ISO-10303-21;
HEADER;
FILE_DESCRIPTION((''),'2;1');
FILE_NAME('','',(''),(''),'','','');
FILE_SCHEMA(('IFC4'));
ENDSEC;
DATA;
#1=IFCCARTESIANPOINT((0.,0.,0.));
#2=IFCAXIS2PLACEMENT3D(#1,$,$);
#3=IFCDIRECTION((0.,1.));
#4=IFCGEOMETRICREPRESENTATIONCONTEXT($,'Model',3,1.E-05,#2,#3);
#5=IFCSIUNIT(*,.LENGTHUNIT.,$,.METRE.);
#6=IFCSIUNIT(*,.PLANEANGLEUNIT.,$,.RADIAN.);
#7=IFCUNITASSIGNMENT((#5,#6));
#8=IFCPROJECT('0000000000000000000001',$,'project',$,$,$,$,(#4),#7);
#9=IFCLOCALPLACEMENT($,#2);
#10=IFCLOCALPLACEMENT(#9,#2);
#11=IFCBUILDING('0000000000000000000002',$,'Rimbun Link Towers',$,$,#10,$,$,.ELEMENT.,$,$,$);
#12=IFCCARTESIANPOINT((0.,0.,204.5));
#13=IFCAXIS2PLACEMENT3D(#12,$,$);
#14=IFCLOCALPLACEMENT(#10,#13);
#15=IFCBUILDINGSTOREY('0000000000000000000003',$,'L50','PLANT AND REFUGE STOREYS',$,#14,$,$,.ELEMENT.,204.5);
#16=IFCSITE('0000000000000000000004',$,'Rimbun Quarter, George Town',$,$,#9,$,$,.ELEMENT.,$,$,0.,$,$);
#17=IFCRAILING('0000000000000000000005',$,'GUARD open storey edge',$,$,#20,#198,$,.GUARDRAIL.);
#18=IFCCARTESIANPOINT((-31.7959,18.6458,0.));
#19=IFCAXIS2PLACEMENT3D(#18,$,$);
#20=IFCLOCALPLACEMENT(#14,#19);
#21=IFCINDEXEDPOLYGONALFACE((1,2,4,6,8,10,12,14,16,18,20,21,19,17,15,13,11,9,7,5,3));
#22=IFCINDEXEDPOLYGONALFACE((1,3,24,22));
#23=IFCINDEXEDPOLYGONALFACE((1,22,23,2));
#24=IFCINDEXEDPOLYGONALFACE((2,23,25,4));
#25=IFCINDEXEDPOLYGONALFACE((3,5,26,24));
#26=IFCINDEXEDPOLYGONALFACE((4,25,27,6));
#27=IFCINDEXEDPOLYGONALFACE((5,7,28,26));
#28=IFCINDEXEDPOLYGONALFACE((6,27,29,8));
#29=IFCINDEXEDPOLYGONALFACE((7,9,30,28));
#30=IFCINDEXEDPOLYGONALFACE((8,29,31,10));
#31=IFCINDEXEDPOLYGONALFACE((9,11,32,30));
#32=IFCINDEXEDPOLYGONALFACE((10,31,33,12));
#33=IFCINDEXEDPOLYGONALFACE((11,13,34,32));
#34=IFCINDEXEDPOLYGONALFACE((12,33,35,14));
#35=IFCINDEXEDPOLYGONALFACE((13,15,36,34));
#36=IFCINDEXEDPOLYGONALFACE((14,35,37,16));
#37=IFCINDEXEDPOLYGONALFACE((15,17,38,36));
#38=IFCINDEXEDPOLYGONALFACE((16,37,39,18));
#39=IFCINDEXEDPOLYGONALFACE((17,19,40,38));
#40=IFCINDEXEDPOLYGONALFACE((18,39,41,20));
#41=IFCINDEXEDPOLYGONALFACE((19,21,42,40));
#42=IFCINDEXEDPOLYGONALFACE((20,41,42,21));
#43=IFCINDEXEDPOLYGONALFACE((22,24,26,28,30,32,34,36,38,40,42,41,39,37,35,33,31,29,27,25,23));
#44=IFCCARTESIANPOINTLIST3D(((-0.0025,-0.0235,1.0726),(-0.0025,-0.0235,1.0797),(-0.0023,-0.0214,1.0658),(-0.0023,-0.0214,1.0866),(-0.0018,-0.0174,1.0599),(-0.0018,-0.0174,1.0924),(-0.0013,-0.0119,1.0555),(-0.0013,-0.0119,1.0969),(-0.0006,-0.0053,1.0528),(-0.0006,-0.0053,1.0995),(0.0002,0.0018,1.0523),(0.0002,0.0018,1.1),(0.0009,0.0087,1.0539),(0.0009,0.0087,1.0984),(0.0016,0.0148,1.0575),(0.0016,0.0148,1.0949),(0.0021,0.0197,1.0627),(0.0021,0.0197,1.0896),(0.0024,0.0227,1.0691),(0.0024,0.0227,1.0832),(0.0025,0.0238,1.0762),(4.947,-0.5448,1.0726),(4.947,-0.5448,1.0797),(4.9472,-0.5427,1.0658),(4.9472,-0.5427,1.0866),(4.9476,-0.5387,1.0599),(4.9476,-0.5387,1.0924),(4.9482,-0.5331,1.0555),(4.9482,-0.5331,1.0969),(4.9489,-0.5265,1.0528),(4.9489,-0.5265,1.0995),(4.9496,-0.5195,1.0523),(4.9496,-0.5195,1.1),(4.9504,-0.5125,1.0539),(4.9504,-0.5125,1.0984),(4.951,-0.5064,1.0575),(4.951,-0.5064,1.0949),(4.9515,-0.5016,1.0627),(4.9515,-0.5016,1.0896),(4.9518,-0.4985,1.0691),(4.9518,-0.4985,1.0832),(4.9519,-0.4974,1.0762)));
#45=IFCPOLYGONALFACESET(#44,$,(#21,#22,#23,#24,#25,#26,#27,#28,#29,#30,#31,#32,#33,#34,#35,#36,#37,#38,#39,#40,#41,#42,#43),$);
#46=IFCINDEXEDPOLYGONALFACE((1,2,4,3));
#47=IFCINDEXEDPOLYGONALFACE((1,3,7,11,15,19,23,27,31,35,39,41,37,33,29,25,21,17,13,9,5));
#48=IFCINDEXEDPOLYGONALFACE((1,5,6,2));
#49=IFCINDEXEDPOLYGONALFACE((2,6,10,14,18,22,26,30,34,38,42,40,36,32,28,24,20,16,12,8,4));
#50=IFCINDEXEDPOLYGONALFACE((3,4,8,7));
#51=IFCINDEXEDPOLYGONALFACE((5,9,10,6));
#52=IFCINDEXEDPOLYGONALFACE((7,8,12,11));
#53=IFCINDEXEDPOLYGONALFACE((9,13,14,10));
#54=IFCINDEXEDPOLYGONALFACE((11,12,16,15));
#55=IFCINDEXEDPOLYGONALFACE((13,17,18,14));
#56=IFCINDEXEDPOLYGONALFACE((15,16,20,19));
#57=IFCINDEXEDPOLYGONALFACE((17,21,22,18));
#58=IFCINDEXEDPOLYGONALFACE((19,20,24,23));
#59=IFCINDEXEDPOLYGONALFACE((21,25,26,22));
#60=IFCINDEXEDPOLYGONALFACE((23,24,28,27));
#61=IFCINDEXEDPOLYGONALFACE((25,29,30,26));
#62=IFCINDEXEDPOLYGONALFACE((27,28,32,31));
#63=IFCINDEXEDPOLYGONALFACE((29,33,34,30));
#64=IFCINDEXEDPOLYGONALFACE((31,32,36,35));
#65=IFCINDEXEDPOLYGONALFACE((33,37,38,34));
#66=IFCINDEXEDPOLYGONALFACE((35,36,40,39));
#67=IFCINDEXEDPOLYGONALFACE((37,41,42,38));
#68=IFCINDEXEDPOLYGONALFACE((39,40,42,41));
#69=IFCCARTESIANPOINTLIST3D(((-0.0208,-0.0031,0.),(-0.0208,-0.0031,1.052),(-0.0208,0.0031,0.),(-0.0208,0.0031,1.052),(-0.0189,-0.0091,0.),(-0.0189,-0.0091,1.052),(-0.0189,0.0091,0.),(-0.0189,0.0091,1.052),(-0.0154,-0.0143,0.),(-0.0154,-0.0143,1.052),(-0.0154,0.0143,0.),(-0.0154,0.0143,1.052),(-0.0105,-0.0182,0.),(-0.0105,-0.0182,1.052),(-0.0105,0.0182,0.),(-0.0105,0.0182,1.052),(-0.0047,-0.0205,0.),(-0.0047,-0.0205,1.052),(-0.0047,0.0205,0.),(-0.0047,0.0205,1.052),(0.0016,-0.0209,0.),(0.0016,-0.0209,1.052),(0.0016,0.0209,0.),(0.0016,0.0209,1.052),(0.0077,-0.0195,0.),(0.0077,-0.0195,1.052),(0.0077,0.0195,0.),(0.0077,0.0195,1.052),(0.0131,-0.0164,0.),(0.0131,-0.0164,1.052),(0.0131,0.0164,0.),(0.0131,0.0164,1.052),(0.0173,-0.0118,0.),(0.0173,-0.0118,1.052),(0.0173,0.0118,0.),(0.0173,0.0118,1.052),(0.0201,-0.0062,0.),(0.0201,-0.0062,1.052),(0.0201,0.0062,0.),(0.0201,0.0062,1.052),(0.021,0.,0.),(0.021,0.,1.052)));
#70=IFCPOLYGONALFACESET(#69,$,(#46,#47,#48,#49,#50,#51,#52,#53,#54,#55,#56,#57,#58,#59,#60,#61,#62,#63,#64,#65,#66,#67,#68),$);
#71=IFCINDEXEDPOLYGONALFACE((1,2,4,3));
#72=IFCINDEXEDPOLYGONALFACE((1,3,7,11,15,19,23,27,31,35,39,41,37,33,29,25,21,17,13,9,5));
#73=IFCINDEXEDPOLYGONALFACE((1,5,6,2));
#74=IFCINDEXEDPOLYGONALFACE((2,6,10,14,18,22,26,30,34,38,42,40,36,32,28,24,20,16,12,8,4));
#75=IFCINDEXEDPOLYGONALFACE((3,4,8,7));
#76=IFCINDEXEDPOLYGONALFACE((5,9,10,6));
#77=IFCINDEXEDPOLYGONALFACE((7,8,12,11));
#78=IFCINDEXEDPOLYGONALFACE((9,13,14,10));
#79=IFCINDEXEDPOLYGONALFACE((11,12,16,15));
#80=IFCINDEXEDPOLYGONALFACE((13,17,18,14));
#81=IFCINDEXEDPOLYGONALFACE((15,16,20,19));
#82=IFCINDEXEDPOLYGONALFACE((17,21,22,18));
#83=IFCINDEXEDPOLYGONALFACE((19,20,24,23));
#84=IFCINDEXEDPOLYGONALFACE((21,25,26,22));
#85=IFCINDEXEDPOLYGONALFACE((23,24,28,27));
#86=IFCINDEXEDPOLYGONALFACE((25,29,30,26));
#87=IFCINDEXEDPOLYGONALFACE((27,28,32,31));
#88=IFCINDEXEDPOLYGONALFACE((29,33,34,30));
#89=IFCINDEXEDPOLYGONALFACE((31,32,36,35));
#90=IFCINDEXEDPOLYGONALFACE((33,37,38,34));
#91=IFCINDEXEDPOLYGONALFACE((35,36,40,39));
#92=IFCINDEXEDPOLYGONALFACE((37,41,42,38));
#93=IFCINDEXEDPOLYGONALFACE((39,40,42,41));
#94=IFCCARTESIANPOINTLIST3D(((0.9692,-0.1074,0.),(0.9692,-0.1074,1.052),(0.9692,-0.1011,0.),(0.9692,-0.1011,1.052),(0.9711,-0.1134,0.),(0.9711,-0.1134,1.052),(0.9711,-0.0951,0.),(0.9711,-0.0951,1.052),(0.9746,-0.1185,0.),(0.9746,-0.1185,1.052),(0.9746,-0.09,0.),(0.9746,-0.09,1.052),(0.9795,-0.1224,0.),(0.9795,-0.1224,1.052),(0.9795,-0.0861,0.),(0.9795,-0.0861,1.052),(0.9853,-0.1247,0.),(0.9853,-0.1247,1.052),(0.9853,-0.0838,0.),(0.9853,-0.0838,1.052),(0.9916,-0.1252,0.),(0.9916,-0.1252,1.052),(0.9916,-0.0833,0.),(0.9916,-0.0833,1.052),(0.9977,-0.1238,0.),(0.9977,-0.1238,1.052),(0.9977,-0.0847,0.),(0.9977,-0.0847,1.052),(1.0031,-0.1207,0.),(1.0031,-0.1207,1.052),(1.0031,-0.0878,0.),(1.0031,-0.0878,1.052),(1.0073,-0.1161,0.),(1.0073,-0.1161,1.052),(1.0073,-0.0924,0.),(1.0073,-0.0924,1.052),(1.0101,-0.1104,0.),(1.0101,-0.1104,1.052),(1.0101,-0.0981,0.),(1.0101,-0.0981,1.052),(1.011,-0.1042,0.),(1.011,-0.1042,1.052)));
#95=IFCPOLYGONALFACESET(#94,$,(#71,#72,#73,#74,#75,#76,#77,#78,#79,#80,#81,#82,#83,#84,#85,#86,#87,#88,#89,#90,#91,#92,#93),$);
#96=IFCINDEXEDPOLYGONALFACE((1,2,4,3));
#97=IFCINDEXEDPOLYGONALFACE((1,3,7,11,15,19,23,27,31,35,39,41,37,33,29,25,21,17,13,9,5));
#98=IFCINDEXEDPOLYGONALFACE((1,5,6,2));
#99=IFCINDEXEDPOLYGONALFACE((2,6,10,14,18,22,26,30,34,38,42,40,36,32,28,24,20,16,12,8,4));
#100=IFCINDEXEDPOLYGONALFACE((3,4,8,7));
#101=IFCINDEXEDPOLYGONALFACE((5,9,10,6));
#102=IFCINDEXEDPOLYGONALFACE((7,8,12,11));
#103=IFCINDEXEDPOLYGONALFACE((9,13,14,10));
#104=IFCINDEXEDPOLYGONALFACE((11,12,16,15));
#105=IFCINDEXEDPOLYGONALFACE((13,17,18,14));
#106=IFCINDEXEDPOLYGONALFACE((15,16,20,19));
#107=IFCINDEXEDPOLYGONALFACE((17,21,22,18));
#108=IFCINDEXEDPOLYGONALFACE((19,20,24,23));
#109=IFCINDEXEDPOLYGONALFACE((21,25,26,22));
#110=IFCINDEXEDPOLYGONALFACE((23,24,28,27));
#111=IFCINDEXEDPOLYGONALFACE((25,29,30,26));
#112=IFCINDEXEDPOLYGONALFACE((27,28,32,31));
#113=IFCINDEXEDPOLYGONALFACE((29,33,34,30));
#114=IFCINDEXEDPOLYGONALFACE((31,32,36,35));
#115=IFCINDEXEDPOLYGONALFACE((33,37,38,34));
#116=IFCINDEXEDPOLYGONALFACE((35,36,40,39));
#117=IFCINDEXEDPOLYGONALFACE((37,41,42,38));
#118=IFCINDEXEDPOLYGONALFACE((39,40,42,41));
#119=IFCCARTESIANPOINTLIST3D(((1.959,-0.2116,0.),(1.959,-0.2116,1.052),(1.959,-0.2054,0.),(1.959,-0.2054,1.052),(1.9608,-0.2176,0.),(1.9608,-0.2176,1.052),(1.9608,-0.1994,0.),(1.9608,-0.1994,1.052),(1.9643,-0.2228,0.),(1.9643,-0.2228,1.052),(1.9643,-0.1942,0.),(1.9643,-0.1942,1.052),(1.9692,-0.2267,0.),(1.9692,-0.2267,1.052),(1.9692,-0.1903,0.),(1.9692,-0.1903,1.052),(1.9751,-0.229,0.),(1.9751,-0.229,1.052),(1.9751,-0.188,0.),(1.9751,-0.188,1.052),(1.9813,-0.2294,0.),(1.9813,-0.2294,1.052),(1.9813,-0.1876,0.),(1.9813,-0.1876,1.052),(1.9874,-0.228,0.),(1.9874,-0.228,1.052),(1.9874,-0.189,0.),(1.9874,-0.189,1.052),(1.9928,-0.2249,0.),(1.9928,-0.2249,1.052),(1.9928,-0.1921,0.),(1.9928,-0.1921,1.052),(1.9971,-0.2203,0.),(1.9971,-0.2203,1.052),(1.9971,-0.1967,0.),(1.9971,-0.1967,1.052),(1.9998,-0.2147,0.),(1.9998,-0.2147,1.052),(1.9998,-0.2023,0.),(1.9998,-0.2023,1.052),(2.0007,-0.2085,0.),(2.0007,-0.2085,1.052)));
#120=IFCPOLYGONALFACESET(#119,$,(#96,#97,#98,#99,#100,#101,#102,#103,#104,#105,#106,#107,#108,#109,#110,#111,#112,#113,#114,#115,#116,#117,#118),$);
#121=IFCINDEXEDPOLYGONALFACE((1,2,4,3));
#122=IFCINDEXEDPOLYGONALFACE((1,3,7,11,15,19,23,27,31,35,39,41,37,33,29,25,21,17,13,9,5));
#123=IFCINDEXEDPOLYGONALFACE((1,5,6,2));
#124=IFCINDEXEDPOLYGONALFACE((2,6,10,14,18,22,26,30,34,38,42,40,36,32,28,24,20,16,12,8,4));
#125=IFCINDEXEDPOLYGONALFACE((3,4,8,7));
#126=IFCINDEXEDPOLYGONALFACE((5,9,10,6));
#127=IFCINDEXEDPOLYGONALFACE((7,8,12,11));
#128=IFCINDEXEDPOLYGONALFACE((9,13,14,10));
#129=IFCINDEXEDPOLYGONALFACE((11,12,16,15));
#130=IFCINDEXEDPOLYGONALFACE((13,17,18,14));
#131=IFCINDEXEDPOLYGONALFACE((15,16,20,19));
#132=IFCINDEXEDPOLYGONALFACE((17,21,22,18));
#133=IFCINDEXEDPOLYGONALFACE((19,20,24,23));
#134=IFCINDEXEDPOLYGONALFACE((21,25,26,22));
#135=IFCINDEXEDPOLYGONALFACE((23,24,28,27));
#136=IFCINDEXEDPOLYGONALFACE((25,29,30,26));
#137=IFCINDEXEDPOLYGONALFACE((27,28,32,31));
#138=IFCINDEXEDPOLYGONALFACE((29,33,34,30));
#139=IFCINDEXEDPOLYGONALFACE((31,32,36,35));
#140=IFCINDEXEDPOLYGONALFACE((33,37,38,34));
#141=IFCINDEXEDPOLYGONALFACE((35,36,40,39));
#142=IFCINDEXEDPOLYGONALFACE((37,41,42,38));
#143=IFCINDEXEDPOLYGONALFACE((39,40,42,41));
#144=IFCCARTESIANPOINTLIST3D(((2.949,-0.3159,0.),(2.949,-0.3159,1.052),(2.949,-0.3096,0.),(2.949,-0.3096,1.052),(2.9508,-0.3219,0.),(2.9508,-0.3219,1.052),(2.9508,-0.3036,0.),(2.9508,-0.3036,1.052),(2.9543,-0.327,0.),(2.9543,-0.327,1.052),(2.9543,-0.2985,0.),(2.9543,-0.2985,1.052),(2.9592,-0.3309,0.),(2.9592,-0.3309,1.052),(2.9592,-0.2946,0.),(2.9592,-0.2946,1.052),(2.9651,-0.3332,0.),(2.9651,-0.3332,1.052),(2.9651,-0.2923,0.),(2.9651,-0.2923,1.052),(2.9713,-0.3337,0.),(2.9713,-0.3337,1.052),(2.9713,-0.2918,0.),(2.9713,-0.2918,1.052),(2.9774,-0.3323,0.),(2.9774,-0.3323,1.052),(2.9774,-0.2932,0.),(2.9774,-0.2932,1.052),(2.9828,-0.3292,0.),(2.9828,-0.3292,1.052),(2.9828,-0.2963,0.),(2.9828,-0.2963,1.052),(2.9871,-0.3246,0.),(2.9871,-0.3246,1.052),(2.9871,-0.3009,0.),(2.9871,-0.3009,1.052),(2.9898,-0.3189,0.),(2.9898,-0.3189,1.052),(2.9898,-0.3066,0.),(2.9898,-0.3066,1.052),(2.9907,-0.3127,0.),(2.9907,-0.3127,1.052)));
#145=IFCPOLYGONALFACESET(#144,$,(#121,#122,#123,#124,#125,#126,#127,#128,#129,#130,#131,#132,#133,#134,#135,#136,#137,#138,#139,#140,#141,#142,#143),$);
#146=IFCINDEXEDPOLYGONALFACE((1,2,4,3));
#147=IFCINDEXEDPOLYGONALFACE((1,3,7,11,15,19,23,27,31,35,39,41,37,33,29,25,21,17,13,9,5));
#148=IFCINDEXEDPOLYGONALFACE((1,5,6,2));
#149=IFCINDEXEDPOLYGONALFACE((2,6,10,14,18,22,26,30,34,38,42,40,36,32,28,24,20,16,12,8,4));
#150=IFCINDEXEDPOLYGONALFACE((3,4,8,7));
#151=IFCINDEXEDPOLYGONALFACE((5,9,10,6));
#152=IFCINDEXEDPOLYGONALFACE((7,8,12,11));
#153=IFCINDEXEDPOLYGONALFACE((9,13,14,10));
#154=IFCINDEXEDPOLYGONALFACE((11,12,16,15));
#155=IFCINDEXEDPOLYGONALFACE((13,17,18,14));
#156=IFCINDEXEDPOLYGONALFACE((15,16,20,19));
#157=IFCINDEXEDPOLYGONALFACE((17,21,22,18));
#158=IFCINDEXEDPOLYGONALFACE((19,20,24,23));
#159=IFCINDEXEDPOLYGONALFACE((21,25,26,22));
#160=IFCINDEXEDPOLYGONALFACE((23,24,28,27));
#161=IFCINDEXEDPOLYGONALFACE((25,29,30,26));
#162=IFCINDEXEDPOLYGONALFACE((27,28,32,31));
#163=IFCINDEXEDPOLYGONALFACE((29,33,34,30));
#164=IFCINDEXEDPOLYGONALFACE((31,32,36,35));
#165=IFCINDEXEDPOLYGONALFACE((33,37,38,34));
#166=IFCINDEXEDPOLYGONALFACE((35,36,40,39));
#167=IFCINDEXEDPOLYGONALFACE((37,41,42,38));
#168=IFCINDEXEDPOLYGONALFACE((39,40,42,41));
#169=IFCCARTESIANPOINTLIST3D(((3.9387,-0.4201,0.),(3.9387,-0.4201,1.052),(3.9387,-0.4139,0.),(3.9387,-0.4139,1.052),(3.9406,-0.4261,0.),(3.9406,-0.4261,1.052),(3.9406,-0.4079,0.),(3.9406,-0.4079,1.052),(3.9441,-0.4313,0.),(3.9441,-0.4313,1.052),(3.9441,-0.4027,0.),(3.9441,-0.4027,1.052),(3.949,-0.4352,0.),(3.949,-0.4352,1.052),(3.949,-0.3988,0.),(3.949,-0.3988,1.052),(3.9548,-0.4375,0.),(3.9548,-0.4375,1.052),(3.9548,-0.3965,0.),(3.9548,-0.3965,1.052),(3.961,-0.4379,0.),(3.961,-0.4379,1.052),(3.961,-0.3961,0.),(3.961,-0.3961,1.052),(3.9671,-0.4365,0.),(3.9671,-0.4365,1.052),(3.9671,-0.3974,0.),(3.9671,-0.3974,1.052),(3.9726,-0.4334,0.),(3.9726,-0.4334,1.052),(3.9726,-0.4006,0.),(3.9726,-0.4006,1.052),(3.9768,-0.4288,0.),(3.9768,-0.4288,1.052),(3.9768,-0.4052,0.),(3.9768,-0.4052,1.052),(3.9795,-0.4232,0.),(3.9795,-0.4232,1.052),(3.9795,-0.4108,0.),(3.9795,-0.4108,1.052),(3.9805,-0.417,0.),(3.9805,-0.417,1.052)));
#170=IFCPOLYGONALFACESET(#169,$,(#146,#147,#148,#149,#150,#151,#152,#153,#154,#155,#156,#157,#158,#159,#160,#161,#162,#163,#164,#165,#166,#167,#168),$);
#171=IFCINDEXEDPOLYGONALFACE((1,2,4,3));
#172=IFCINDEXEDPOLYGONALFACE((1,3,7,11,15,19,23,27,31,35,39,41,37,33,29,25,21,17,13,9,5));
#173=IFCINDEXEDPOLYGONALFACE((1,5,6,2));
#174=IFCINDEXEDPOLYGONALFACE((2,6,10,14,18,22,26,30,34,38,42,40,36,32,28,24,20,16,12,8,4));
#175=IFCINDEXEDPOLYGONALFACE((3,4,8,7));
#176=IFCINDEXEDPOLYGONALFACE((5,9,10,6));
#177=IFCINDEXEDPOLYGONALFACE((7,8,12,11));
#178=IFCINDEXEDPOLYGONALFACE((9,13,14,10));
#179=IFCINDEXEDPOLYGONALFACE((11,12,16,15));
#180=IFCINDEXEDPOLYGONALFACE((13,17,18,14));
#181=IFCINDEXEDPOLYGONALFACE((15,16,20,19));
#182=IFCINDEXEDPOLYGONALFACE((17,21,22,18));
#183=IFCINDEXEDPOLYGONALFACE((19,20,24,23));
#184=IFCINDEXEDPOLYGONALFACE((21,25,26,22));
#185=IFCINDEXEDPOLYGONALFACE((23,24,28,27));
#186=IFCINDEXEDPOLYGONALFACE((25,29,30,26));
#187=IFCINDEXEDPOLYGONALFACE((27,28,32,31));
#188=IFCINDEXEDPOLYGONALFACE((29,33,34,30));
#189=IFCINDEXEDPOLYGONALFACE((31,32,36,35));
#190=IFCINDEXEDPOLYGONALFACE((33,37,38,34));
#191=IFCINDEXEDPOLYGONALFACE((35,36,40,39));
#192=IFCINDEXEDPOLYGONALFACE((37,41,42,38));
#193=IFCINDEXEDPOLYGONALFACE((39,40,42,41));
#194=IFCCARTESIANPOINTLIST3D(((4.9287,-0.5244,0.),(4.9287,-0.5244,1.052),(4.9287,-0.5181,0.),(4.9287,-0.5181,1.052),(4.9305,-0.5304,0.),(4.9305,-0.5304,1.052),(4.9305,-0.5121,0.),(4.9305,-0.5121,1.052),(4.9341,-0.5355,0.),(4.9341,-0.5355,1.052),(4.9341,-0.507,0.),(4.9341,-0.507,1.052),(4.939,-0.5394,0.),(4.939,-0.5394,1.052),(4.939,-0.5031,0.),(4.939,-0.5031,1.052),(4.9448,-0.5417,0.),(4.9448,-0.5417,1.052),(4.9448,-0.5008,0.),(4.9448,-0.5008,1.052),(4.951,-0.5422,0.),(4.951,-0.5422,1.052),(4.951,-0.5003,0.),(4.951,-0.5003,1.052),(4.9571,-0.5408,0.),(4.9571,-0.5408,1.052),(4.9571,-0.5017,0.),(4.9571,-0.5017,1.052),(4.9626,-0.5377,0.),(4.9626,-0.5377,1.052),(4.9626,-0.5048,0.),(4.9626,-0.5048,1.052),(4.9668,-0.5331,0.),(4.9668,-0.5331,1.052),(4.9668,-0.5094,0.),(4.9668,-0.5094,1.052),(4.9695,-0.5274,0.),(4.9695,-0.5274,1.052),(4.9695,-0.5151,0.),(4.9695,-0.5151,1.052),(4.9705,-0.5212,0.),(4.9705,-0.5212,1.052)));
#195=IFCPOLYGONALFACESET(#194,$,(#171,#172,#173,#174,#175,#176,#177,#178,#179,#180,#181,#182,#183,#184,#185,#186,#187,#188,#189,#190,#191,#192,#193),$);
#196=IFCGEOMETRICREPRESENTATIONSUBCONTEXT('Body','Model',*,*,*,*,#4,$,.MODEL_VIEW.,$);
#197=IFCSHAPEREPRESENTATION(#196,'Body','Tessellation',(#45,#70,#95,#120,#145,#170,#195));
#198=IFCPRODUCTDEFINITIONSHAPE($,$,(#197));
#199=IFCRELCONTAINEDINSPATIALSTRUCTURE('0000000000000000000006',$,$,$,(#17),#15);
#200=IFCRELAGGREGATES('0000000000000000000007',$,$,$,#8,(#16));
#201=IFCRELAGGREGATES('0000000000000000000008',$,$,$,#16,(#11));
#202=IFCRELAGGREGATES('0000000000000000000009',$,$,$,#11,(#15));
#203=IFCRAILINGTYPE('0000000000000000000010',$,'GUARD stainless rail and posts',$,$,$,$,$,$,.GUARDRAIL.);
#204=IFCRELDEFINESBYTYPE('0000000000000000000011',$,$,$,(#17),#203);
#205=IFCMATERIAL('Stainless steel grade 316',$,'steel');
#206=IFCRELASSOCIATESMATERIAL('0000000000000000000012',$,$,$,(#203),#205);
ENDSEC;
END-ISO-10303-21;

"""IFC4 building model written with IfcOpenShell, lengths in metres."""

from ifc_helpers import new_model, si_unit, direction, frame, origin, origin_2d, place, context, subcontext, project, spatial, circle, extrude, material, type_object, element, save


model = new_model("IFC4")

# Units and contexts
model_context = context("Model", 3, precision=1e-05, world=origin(), true_north=direction((0.0, 1.0)))
body_context = subcontext(model_context, "Body", "Model", "MODEL_VIEW")
ifc_project = project(units=[si_unit("LENGTHUNIT", "METRE"), si_unit("PLANEANGLEUNIT", "RADIAN")], contexts=[model_context])

# Site, building, storey
site_placement = place(None, origin())
site = spatial("IfcSite", under=ifc_project, at=site_placement, Name="Rimbun Quarter, George Town", CompositionType="ELEMENT", RefElevation=0.0)
building_placement = place(site_placement, origin())
building = spatial("IfcBuilding", under=site, at=building_placement, Name="Rimbun Link Towers", CompositionType="ELEMENT")
storey_placement = place(building_placement, frame((0.0, 0.0, 204.5)))
storey = spatial("IfcBuildingStorey", under=building, at=storey_placement, Name="L50", Description="PLANT AND REFUGE STOREYS", CompositionType="ELEMENT", Elevation=204.5)

# Railing
ifc_material_1 = material(Name="Stainless steel grade 316", Category="steel")
railing_type = type_object("IfcRailingType", Name="GUARD stainless rail and posts", PredefinedType="GUARDRAIL", material=ifc_material_1)
railing_1_placement = place(storey_placement, frame((-31.7959, 18.6458, 0.0)))
element("IfcRailing", 1, at=railing_1_placement, inside=storey, type_object=railing_type, Name="GUARD open storey edge", PredefinedType="GUARDRAIL", context=body_context, shape_type="SweptSolid", body=[
    extrude(circle(Radius=0.0239, at=origin_2d()), frame((0.0, 0.0, 1.0762), z_axis=(0.9945, -0.104733, 0.0), x_axis=(0.104733, 0.9945, 0.0)), (0.0, 0.0, 1.0), 4.9768),
    extrude(circle(Radius=0.021, at=origin_2d()), origin(), (0.0, 0.0, 1.0), 1.052),
    extrude(circle(Radius=0.021, at=origin_2d()), frame((0.99, -0.1042, 0.0)), (0.0, 0.0, 1.0), 1.052),
    extrude(circle(Radius=0.021, at=origin_2d()), frame((1.9797, -0.2085, 0.0)), (0.0, 0.0, 1.0), 1.052),
    extrude(circle(Radius=0.021, at=origin_2d()), frame((2.9697, -0.3127, 0.0)), (0.0, 0.0, 1.0), 1.052),
    extrude(circle(Radius=0.021, at=origin_2d()), frame((3.9595, -0.417, 0.0)), (0.0, 0.0, 1.0), 1.052),
    extrude(circle(Radius=0.021, at=origin_2d()), frame((4.9495, -0.5212, 0.0)), (0.0, 0.0, 1.0), 1.052),
])

save(model, "model.ifc")
